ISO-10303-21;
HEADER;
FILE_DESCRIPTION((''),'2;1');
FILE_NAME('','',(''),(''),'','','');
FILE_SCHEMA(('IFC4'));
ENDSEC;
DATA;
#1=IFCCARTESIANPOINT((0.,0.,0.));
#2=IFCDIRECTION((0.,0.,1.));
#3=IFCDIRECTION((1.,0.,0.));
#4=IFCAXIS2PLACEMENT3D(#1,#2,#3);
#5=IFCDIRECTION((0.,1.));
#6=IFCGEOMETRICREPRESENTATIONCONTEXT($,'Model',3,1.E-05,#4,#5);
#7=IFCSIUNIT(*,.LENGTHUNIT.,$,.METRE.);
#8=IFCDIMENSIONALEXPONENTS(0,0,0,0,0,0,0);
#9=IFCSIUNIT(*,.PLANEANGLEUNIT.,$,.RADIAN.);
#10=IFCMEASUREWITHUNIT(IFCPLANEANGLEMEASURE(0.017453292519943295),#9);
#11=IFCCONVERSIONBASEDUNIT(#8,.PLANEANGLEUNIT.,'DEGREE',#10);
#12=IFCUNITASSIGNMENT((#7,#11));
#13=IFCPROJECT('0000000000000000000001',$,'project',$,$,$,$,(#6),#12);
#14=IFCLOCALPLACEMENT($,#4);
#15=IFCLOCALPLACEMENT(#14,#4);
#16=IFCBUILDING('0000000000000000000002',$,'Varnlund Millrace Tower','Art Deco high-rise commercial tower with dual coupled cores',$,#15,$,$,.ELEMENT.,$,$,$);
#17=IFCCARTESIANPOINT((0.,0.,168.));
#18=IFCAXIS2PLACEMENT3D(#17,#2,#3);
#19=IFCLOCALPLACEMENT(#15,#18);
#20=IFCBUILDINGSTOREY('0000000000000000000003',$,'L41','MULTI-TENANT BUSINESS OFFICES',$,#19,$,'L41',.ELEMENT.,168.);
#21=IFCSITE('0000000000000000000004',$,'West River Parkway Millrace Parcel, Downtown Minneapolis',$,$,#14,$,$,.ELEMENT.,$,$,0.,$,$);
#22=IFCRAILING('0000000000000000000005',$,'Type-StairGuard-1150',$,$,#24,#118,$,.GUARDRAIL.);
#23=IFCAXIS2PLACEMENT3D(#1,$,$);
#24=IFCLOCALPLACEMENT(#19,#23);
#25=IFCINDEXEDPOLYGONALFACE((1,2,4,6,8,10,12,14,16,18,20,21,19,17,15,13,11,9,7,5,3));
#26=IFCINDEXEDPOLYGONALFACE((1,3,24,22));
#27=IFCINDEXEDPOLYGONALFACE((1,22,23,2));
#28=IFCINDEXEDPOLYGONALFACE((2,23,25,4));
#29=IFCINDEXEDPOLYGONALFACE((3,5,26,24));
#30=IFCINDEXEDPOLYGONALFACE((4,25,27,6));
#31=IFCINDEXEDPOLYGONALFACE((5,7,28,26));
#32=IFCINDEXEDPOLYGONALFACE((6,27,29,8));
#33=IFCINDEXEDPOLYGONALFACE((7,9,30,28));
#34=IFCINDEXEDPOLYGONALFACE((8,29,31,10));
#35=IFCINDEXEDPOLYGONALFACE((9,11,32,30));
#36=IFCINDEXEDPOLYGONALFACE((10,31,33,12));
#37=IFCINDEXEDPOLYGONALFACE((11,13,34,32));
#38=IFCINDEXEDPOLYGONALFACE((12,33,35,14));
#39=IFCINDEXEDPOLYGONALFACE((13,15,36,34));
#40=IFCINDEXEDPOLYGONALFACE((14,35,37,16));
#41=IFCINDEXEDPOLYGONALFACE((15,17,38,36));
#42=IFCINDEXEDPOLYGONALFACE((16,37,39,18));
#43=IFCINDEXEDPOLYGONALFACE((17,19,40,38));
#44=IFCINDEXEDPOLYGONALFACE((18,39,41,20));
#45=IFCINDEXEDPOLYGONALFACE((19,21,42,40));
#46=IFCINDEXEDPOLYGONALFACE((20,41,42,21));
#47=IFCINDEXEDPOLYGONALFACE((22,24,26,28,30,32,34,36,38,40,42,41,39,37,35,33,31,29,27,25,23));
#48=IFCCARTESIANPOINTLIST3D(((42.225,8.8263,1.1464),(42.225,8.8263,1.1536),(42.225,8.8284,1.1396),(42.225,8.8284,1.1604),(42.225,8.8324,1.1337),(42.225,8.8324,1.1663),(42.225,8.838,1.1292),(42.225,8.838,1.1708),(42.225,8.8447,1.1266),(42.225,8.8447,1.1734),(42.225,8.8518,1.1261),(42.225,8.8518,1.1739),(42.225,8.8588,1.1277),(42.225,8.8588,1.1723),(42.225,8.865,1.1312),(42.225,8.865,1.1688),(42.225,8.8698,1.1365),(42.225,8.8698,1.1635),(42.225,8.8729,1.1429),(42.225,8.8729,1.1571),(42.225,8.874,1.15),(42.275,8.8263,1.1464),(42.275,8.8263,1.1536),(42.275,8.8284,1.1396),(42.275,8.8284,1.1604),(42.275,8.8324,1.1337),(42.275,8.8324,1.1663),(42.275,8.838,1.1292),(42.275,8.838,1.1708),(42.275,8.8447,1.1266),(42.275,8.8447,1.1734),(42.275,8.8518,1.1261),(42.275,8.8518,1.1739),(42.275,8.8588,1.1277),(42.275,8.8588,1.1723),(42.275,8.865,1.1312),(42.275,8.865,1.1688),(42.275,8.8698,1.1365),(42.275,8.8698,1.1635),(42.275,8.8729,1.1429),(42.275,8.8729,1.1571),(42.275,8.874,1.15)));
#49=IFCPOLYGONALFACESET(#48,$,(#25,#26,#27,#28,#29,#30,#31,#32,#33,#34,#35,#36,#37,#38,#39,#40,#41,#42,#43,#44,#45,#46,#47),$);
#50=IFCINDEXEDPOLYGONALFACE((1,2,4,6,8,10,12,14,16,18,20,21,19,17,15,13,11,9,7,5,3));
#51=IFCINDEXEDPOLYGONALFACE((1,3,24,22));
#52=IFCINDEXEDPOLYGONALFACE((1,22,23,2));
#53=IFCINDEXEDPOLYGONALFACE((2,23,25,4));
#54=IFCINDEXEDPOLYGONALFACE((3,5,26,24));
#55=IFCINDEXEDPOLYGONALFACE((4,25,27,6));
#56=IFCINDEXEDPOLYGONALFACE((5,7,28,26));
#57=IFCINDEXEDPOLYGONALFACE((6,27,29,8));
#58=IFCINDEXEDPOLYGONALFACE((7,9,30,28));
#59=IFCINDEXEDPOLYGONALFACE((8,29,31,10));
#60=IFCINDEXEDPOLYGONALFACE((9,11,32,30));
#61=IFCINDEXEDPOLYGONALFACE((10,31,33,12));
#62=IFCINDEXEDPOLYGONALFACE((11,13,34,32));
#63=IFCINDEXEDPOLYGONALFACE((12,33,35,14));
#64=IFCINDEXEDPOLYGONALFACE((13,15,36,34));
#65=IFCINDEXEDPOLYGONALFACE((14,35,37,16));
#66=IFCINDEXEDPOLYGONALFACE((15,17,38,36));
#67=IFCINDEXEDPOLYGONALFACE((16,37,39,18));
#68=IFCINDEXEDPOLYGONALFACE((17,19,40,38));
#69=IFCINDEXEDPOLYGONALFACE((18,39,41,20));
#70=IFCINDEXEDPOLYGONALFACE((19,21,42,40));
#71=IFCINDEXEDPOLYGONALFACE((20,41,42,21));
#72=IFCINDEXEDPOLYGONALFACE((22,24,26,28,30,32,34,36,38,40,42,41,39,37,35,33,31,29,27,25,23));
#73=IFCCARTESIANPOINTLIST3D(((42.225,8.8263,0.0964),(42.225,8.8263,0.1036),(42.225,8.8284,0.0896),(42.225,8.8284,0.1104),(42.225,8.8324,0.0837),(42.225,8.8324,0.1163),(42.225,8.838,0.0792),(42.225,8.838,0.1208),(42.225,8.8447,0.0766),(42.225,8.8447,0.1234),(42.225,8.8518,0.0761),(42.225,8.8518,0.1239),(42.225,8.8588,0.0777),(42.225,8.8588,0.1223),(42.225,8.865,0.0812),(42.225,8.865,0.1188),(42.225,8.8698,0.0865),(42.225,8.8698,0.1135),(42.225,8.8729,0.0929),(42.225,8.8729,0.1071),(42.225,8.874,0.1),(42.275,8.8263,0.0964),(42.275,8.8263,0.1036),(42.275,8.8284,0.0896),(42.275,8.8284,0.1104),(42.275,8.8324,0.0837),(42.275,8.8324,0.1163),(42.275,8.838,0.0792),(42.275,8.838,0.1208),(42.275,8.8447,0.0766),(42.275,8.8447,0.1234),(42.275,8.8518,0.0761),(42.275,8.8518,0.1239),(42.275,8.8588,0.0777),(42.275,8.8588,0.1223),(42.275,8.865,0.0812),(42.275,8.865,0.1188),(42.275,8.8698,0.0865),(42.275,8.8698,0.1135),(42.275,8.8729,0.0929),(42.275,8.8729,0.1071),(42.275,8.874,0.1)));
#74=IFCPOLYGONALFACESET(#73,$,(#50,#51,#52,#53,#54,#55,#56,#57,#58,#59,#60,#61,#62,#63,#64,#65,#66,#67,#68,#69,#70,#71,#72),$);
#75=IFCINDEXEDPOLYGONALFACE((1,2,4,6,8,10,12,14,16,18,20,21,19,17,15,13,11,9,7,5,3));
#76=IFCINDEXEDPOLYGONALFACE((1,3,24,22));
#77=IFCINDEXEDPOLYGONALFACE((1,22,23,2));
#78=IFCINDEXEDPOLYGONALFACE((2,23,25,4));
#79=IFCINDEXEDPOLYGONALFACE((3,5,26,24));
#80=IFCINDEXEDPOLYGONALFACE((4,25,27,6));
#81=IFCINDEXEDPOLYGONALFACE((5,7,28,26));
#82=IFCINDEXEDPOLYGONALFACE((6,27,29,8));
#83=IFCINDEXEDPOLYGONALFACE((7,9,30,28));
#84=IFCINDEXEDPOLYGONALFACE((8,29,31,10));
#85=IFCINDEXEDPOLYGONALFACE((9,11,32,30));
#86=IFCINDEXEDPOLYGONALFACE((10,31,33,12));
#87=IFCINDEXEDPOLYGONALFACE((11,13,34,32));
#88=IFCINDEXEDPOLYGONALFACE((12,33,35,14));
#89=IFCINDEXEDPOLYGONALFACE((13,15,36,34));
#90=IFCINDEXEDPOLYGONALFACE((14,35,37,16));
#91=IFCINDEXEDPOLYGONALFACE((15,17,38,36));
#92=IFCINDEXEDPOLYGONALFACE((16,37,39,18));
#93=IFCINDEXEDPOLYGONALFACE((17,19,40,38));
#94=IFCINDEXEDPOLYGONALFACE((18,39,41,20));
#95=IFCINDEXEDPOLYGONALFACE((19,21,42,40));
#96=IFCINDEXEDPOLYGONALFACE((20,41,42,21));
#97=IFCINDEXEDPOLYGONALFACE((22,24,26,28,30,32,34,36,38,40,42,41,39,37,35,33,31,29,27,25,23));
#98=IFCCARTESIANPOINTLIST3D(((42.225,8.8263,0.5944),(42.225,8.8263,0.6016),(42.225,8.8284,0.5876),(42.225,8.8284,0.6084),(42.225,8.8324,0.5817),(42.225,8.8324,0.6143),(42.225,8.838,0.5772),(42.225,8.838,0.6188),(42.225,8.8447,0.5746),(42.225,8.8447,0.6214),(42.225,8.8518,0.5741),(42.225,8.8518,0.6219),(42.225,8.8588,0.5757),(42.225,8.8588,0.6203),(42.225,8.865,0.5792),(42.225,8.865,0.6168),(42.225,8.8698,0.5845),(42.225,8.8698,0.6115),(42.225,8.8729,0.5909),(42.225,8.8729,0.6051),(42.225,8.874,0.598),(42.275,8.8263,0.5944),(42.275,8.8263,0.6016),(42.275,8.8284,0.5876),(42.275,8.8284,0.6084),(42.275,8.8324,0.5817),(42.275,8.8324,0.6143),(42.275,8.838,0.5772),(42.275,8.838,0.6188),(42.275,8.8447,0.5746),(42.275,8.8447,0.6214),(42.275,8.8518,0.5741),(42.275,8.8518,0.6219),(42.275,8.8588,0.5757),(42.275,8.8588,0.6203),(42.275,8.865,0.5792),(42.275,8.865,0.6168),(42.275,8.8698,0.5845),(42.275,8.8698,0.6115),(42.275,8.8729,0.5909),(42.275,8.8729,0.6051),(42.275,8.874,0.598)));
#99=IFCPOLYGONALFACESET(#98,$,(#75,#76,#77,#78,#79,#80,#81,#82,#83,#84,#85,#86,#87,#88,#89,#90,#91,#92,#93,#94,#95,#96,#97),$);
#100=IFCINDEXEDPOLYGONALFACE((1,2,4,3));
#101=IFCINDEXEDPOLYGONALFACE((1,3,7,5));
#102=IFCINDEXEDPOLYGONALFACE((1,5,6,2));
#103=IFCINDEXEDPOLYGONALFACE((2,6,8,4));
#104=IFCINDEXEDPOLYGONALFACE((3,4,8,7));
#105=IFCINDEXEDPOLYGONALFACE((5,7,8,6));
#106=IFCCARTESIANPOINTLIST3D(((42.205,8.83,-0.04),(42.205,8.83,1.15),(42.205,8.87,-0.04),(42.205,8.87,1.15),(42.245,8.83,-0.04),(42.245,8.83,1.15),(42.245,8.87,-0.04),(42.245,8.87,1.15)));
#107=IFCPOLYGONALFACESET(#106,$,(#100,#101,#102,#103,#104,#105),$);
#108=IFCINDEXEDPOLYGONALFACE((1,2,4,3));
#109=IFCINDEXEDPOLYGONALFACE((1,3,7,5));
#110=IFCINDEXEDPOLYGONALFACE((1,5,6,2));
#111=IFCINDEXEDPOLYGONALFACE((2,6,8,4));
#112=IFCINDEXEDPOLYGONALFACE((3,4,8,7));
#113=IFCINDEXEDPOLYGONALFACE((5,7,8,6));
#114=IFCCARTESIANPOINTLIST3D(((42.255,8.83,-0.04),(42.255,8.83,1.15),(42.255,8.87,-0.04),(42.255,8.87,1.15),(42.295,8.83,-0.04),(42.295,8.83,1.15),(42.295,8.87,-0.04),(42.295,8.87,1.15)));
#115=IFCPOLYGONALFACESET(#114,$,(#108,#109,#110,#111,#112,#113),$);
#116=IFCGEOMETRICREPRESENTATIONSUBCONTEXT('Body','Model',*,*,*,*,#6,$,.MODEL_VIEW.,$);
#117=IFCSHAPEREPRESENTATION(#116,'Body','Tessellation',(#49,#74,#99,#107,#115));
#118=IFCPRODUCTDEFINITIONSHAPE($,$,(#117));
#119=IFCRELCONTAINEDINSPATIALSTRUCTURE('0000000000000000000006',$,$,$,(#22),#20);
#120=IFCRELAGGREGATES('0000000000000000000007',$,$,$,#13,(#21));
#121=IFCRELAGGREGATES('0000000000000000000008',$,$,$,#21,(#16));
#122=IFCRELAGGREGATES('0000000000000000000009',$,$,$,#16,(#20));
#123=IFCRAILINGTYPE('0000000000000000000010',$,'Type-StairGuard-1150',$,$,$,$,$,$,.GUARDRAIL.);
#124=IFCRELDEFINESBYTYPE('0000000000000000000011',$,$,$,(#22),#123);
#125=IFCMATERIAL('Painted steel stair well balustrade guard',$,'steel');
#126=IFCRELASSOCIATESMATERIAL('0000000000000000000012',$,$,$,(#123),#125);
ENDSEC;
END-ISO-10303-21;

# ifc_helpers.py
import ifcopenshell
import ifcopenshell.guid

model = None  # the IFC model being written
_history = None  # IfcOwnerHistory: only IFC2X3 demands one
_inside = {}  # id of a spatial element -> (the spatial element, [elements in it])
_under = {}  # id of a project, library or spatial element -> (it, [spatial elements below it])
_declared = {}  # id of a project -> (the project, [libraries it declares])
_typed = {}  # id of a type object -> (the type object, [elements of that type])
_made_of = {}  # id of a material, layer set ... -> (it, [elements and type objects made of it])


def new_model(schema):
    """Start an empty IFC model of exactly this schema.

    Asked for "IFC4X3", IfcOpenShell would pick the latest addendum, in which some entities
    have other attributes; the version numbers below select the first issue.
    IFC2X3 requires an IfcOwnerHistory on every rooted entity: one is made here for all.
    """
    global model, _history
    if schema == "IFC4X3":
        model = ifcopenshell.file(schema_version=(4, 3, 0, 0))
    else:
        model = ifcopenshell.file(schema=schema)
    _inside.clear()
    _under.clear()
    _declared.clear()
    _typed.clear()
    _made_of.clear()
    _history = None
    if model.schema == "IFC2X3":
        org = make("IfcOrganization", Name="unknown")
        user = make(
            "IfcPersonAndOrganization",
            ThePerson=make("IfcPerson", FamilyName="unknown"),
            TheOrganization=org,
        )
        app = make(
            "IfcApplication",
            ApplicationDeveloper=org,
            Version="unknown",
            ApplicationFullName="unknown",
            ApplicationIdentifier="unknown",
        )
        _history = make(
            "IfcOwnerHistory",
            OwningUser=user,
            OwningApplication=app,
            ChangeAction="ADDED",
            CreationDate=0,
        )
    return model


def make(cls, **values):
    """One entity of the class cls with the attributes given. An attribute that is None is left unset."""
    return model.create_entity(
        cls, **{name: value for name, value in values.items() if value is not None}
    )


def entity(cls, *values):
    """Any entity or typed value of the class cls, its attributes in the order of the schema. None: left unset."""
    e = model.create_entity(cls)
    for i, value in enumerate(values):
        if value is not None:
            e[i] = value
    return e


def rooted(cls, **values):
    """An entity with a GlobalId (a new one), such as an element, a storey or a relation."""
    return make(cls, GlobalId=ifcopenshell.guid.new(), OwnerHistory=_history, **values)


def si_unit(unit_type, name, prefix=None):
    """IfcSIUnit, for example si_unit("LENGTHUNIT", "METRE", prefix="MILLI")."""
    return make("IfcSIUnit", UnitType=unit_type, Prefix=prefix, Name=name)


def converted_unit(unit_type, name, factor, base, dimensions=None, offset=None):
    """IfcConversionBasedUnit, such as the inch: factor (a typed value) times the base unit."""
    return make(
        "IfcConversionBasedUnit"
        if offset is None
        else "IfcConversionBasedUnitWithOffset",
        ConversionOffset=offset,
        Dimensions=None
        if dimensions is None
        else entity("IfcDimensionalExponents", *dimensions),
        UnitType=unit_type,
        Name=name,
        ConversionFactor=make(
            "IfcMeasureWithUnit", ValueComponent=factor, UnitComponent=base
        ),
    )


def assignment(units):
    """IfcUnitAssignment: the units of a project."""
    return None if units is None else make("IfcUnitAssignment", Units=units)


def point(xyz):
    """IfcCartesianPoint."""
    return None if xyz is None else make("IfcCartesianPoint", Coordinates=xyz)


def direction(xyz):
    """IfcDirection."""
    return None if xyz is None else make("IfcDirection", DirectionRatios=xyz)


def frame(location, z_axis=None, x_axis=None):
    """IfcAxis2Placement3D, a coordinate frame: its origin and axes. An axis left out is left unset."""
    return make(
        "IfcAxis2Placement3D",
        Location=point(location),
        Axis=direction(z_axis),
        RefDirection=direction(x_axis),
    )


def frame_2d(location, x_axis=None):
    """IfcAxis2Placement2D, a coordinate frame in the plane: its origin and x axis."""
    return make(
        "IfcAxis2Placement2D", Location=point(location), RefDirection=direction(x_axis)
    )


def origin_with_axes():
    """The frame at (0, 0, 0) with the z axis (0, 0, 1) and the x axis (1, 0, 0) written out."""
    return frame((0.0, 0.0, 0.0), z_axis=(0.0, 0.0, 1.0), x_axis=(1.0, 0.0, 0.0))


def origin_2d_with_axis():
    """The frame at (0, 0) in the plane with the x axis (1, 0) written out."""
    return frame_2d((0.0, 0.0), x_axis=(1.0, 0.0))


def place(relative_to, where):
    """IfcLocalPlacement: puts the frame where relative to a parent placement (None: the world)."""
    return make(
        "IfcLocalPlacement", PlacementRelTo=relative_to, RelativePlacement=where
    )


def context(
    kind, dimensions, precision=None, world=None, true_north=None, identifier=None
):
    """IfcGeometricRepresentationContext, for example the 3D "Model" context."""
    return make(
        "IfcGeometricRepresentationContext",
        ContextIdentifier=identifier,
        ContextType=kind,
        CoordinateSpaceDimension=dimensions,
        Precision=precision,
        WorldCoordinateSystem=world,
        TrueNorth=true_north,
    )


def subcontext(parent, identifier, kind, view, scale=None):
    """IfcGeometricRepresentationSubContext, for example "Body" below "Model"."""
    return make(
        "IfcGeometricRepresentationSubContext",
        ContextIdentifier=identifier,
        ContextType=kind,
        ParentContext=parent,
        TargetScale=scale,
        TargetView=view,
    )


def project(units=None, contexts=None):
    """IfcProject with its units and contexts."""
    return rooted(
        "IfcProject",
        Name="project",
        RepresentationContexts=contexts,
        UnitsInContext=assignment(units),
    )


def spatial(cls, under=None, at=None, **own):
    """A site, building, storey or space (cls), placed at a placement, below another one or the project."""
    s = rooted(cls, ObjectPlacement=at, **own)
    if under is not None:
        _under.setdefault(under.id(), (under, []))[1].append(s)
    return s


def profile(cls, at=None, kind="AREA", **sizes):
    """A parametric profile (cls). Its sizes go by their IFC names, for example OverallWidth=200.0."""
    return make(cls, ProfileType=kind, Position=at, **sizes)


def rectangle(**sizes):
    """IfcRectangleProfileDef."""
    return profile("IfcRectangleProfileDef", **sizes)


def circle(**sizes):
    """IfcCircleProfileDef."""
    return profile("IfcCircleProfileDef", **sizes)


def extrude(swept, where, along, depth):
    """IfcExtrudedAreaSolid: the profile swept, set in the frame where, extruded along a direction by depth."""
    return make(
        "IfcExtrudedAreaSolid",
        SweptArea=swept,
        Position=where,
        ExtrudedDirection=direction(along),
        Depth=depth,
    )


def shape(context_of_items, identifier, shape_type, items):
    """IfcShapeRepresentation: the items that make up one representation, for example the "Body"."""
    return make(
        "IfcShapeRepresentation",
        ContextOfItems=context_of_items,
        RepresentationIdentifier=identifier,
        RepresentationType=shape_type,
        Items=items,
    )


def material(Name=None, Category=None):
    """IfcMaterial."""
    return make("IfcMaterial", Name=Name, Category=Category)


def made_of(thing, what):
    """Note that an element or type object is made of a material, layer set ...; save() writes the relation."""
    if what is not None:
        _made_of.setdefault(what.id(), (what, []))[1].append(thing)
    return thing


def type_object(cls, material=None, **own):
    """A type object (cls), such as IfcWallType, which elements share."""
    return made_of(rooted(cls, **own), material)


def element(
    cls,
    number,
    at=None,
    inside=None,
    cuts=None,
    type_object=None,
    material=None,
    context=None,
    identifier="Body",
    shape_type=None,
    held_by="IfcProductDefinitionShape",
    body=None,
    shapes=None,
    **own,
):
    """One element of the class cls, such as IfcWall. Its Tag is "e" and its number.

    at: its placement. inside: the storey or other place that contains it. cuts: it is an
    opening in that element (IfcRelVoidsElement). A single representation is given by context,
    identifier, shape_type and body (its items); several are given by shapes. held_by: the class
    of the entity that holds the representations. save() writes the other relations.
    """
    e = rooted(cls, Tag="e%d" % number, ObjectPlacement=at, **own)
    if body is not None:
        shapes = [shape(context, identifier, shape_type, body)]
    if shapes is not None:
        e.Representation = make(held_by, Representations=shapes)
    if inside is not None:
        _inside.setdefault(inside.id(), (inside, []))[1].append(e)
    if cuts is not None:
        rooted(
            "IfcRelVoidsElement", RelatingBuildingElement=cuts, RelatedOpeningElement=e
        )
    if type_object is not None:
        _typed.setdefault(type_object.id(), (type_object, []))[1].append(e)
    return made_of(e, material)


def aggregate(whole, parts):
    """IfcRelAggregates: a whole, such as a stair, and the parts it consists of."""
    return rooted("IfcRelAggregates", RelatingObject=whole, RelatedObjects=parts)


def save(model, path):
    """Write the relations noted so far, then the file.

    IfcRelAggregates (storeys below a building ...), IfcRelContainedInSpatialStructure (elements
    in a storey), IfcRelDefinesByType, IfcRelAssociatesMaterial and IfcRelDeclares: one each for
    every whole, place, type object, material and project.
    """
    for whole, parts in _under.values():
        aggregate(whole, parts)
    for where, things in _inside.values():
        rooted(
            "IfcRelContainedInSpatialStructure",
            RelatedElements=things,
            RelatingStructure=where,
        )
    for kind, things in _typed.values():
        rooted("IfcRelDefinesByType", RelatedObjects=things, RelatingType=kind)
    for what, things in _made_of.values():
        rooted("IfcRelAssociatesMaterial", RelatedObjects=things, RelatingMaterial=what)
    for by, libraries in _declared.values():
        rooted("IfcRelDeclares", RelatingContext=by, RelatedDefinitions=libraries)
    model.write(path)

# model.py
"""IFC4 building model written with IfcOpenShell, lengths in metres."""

from ifc_helpers import new_model, entity, si_unit, converted_unit, direction, frame, origin_with_axes, origin_2d_with_axis, place, context, subcontext, project, spatial, rectangle, circle, extrude, material, type_object, element, save


model = new_model("IFC4")

# Units and contexts
model_context = context("Model", 3, precision=1e-05, world=origin_with_axes(), true_north=direction((0.0, 1.0)))
body_context = subcontext(model_context, "Body", "Model", "MODEL_VIEW")
ifc_project = project(units=[si_unit("LENGTHUNIT", "METRE"), converted_unit("PLANEANGLEUNIT", "DEGREE", entity("IfcPlaneAngleMeasure", 0.017453292519943295), si_unit("PLANEANGLEUNIT", "RADIAN"), dimensions=[0, 0, 0, 0, 0, 0, 0])], contexts=[model_context])

# Site, building, storey
site_placement = place(None, origin_with_axes())
site = spatial("IfcSite", under=ifc_project, at=site_placement, Name="West River Parkway Millrace Parcel, Downtown Minneapolis", CompositionType="ELEMENT", RefElevation=0.0)
building_placement = place(site_placement, origin_with_axes())
building = spatial("IfcBuilding", under=site, at=building_placement, Name="Varnlund Millrace Tower", Description="Art Deco high-rise commercial tower with dual coupled cores", CompositionType="ELEMENT")
storey_placement = place(building_placement, frame((0.0, 0.0, 168.0), z_axis=(0.0, 0.0, 1.0), x_axis=(1.0, 0.0, 0.0)))
storey = spatial("IfcBuildingStorey", under=building, at=storey_placement, Name="L41", Description="MULTI-TENANT BUSINESS OFFICES", LongName="L41", CompositionType="ELEMENT", Elevation=168.0)

# Railing
ifc_material_1 = material(Name="Painted steel stair well balustrade guard", Category="steel")
railing_type_1 = type_object("IfcRailingType", Name="Type-StairGuard-1150", PredefinedType="GUARDRAIL", material=ifc_material_1)
railing_1_placement = place(storey_placement, frame((0.0, 0.0, -168.0), z_axis=(0.0, 0.0, 1.0), x_axis=(1.0, 0.0, 0.0)))
element("IfcRailing", 1, at=railing_1_placement, inside=storey, type_object=railing_type_1, Name="Type-StairGuard-1150", PredefinedType="GUARDRAIL", context=body_context, shape_type="SweptSolid", body=[
    extrude(circle(Radius=0.024, at=origin_2d_with_axis()), frame((42.225, 8.85, 169.15), z_axis=(1.0, 0.0, 0.0), x_axis=(0.0, 1.0, 0.0)), (0.0, 0.0, 1.0), 0.05),
    extrude(circle(Radius=0.024, at=origin_2d_with_axis()), frame((42.225, 8.85, 168.1), z_axis=(1.0, 0.0, 0.0), x_axis=(0.0, 1.0, 0.0)), (0.0, 0.0, 1.0), 0.05),
    extrude(circle(Radius=0.024, at=origin_2d_with_axis()), frame((42.225, 8.85, 168.598), z_axis=(1.0, 0.0, 0.0), x_axis=(0.0, 1.0, 0.0)), (0.0, 0.0, 1.0), 0.05),
    extrude(rectangle(XDim=0.04, YDim=0.04, at=origin_2d_with_axis()), frame((42.225, 8.85, 167.96), z_axis=(0.0, 0.0, 1.0), x_axis=(1.0, 0.0, 0.0)), (0.0, 0.0, 1.0), 1.19),
    extrude(rectangle(XDim=0.04, YDim=0.04, at=origin_2d_with_axis()), frame((42.275, 8.85, 167.96), z_axis=(0.0, 0.0, 1.0), x_axis=(1.0, 0.0, 0.0)), (0.0, 0.0, 1.0), 1.19),
])

save(model, "model.ifc")
